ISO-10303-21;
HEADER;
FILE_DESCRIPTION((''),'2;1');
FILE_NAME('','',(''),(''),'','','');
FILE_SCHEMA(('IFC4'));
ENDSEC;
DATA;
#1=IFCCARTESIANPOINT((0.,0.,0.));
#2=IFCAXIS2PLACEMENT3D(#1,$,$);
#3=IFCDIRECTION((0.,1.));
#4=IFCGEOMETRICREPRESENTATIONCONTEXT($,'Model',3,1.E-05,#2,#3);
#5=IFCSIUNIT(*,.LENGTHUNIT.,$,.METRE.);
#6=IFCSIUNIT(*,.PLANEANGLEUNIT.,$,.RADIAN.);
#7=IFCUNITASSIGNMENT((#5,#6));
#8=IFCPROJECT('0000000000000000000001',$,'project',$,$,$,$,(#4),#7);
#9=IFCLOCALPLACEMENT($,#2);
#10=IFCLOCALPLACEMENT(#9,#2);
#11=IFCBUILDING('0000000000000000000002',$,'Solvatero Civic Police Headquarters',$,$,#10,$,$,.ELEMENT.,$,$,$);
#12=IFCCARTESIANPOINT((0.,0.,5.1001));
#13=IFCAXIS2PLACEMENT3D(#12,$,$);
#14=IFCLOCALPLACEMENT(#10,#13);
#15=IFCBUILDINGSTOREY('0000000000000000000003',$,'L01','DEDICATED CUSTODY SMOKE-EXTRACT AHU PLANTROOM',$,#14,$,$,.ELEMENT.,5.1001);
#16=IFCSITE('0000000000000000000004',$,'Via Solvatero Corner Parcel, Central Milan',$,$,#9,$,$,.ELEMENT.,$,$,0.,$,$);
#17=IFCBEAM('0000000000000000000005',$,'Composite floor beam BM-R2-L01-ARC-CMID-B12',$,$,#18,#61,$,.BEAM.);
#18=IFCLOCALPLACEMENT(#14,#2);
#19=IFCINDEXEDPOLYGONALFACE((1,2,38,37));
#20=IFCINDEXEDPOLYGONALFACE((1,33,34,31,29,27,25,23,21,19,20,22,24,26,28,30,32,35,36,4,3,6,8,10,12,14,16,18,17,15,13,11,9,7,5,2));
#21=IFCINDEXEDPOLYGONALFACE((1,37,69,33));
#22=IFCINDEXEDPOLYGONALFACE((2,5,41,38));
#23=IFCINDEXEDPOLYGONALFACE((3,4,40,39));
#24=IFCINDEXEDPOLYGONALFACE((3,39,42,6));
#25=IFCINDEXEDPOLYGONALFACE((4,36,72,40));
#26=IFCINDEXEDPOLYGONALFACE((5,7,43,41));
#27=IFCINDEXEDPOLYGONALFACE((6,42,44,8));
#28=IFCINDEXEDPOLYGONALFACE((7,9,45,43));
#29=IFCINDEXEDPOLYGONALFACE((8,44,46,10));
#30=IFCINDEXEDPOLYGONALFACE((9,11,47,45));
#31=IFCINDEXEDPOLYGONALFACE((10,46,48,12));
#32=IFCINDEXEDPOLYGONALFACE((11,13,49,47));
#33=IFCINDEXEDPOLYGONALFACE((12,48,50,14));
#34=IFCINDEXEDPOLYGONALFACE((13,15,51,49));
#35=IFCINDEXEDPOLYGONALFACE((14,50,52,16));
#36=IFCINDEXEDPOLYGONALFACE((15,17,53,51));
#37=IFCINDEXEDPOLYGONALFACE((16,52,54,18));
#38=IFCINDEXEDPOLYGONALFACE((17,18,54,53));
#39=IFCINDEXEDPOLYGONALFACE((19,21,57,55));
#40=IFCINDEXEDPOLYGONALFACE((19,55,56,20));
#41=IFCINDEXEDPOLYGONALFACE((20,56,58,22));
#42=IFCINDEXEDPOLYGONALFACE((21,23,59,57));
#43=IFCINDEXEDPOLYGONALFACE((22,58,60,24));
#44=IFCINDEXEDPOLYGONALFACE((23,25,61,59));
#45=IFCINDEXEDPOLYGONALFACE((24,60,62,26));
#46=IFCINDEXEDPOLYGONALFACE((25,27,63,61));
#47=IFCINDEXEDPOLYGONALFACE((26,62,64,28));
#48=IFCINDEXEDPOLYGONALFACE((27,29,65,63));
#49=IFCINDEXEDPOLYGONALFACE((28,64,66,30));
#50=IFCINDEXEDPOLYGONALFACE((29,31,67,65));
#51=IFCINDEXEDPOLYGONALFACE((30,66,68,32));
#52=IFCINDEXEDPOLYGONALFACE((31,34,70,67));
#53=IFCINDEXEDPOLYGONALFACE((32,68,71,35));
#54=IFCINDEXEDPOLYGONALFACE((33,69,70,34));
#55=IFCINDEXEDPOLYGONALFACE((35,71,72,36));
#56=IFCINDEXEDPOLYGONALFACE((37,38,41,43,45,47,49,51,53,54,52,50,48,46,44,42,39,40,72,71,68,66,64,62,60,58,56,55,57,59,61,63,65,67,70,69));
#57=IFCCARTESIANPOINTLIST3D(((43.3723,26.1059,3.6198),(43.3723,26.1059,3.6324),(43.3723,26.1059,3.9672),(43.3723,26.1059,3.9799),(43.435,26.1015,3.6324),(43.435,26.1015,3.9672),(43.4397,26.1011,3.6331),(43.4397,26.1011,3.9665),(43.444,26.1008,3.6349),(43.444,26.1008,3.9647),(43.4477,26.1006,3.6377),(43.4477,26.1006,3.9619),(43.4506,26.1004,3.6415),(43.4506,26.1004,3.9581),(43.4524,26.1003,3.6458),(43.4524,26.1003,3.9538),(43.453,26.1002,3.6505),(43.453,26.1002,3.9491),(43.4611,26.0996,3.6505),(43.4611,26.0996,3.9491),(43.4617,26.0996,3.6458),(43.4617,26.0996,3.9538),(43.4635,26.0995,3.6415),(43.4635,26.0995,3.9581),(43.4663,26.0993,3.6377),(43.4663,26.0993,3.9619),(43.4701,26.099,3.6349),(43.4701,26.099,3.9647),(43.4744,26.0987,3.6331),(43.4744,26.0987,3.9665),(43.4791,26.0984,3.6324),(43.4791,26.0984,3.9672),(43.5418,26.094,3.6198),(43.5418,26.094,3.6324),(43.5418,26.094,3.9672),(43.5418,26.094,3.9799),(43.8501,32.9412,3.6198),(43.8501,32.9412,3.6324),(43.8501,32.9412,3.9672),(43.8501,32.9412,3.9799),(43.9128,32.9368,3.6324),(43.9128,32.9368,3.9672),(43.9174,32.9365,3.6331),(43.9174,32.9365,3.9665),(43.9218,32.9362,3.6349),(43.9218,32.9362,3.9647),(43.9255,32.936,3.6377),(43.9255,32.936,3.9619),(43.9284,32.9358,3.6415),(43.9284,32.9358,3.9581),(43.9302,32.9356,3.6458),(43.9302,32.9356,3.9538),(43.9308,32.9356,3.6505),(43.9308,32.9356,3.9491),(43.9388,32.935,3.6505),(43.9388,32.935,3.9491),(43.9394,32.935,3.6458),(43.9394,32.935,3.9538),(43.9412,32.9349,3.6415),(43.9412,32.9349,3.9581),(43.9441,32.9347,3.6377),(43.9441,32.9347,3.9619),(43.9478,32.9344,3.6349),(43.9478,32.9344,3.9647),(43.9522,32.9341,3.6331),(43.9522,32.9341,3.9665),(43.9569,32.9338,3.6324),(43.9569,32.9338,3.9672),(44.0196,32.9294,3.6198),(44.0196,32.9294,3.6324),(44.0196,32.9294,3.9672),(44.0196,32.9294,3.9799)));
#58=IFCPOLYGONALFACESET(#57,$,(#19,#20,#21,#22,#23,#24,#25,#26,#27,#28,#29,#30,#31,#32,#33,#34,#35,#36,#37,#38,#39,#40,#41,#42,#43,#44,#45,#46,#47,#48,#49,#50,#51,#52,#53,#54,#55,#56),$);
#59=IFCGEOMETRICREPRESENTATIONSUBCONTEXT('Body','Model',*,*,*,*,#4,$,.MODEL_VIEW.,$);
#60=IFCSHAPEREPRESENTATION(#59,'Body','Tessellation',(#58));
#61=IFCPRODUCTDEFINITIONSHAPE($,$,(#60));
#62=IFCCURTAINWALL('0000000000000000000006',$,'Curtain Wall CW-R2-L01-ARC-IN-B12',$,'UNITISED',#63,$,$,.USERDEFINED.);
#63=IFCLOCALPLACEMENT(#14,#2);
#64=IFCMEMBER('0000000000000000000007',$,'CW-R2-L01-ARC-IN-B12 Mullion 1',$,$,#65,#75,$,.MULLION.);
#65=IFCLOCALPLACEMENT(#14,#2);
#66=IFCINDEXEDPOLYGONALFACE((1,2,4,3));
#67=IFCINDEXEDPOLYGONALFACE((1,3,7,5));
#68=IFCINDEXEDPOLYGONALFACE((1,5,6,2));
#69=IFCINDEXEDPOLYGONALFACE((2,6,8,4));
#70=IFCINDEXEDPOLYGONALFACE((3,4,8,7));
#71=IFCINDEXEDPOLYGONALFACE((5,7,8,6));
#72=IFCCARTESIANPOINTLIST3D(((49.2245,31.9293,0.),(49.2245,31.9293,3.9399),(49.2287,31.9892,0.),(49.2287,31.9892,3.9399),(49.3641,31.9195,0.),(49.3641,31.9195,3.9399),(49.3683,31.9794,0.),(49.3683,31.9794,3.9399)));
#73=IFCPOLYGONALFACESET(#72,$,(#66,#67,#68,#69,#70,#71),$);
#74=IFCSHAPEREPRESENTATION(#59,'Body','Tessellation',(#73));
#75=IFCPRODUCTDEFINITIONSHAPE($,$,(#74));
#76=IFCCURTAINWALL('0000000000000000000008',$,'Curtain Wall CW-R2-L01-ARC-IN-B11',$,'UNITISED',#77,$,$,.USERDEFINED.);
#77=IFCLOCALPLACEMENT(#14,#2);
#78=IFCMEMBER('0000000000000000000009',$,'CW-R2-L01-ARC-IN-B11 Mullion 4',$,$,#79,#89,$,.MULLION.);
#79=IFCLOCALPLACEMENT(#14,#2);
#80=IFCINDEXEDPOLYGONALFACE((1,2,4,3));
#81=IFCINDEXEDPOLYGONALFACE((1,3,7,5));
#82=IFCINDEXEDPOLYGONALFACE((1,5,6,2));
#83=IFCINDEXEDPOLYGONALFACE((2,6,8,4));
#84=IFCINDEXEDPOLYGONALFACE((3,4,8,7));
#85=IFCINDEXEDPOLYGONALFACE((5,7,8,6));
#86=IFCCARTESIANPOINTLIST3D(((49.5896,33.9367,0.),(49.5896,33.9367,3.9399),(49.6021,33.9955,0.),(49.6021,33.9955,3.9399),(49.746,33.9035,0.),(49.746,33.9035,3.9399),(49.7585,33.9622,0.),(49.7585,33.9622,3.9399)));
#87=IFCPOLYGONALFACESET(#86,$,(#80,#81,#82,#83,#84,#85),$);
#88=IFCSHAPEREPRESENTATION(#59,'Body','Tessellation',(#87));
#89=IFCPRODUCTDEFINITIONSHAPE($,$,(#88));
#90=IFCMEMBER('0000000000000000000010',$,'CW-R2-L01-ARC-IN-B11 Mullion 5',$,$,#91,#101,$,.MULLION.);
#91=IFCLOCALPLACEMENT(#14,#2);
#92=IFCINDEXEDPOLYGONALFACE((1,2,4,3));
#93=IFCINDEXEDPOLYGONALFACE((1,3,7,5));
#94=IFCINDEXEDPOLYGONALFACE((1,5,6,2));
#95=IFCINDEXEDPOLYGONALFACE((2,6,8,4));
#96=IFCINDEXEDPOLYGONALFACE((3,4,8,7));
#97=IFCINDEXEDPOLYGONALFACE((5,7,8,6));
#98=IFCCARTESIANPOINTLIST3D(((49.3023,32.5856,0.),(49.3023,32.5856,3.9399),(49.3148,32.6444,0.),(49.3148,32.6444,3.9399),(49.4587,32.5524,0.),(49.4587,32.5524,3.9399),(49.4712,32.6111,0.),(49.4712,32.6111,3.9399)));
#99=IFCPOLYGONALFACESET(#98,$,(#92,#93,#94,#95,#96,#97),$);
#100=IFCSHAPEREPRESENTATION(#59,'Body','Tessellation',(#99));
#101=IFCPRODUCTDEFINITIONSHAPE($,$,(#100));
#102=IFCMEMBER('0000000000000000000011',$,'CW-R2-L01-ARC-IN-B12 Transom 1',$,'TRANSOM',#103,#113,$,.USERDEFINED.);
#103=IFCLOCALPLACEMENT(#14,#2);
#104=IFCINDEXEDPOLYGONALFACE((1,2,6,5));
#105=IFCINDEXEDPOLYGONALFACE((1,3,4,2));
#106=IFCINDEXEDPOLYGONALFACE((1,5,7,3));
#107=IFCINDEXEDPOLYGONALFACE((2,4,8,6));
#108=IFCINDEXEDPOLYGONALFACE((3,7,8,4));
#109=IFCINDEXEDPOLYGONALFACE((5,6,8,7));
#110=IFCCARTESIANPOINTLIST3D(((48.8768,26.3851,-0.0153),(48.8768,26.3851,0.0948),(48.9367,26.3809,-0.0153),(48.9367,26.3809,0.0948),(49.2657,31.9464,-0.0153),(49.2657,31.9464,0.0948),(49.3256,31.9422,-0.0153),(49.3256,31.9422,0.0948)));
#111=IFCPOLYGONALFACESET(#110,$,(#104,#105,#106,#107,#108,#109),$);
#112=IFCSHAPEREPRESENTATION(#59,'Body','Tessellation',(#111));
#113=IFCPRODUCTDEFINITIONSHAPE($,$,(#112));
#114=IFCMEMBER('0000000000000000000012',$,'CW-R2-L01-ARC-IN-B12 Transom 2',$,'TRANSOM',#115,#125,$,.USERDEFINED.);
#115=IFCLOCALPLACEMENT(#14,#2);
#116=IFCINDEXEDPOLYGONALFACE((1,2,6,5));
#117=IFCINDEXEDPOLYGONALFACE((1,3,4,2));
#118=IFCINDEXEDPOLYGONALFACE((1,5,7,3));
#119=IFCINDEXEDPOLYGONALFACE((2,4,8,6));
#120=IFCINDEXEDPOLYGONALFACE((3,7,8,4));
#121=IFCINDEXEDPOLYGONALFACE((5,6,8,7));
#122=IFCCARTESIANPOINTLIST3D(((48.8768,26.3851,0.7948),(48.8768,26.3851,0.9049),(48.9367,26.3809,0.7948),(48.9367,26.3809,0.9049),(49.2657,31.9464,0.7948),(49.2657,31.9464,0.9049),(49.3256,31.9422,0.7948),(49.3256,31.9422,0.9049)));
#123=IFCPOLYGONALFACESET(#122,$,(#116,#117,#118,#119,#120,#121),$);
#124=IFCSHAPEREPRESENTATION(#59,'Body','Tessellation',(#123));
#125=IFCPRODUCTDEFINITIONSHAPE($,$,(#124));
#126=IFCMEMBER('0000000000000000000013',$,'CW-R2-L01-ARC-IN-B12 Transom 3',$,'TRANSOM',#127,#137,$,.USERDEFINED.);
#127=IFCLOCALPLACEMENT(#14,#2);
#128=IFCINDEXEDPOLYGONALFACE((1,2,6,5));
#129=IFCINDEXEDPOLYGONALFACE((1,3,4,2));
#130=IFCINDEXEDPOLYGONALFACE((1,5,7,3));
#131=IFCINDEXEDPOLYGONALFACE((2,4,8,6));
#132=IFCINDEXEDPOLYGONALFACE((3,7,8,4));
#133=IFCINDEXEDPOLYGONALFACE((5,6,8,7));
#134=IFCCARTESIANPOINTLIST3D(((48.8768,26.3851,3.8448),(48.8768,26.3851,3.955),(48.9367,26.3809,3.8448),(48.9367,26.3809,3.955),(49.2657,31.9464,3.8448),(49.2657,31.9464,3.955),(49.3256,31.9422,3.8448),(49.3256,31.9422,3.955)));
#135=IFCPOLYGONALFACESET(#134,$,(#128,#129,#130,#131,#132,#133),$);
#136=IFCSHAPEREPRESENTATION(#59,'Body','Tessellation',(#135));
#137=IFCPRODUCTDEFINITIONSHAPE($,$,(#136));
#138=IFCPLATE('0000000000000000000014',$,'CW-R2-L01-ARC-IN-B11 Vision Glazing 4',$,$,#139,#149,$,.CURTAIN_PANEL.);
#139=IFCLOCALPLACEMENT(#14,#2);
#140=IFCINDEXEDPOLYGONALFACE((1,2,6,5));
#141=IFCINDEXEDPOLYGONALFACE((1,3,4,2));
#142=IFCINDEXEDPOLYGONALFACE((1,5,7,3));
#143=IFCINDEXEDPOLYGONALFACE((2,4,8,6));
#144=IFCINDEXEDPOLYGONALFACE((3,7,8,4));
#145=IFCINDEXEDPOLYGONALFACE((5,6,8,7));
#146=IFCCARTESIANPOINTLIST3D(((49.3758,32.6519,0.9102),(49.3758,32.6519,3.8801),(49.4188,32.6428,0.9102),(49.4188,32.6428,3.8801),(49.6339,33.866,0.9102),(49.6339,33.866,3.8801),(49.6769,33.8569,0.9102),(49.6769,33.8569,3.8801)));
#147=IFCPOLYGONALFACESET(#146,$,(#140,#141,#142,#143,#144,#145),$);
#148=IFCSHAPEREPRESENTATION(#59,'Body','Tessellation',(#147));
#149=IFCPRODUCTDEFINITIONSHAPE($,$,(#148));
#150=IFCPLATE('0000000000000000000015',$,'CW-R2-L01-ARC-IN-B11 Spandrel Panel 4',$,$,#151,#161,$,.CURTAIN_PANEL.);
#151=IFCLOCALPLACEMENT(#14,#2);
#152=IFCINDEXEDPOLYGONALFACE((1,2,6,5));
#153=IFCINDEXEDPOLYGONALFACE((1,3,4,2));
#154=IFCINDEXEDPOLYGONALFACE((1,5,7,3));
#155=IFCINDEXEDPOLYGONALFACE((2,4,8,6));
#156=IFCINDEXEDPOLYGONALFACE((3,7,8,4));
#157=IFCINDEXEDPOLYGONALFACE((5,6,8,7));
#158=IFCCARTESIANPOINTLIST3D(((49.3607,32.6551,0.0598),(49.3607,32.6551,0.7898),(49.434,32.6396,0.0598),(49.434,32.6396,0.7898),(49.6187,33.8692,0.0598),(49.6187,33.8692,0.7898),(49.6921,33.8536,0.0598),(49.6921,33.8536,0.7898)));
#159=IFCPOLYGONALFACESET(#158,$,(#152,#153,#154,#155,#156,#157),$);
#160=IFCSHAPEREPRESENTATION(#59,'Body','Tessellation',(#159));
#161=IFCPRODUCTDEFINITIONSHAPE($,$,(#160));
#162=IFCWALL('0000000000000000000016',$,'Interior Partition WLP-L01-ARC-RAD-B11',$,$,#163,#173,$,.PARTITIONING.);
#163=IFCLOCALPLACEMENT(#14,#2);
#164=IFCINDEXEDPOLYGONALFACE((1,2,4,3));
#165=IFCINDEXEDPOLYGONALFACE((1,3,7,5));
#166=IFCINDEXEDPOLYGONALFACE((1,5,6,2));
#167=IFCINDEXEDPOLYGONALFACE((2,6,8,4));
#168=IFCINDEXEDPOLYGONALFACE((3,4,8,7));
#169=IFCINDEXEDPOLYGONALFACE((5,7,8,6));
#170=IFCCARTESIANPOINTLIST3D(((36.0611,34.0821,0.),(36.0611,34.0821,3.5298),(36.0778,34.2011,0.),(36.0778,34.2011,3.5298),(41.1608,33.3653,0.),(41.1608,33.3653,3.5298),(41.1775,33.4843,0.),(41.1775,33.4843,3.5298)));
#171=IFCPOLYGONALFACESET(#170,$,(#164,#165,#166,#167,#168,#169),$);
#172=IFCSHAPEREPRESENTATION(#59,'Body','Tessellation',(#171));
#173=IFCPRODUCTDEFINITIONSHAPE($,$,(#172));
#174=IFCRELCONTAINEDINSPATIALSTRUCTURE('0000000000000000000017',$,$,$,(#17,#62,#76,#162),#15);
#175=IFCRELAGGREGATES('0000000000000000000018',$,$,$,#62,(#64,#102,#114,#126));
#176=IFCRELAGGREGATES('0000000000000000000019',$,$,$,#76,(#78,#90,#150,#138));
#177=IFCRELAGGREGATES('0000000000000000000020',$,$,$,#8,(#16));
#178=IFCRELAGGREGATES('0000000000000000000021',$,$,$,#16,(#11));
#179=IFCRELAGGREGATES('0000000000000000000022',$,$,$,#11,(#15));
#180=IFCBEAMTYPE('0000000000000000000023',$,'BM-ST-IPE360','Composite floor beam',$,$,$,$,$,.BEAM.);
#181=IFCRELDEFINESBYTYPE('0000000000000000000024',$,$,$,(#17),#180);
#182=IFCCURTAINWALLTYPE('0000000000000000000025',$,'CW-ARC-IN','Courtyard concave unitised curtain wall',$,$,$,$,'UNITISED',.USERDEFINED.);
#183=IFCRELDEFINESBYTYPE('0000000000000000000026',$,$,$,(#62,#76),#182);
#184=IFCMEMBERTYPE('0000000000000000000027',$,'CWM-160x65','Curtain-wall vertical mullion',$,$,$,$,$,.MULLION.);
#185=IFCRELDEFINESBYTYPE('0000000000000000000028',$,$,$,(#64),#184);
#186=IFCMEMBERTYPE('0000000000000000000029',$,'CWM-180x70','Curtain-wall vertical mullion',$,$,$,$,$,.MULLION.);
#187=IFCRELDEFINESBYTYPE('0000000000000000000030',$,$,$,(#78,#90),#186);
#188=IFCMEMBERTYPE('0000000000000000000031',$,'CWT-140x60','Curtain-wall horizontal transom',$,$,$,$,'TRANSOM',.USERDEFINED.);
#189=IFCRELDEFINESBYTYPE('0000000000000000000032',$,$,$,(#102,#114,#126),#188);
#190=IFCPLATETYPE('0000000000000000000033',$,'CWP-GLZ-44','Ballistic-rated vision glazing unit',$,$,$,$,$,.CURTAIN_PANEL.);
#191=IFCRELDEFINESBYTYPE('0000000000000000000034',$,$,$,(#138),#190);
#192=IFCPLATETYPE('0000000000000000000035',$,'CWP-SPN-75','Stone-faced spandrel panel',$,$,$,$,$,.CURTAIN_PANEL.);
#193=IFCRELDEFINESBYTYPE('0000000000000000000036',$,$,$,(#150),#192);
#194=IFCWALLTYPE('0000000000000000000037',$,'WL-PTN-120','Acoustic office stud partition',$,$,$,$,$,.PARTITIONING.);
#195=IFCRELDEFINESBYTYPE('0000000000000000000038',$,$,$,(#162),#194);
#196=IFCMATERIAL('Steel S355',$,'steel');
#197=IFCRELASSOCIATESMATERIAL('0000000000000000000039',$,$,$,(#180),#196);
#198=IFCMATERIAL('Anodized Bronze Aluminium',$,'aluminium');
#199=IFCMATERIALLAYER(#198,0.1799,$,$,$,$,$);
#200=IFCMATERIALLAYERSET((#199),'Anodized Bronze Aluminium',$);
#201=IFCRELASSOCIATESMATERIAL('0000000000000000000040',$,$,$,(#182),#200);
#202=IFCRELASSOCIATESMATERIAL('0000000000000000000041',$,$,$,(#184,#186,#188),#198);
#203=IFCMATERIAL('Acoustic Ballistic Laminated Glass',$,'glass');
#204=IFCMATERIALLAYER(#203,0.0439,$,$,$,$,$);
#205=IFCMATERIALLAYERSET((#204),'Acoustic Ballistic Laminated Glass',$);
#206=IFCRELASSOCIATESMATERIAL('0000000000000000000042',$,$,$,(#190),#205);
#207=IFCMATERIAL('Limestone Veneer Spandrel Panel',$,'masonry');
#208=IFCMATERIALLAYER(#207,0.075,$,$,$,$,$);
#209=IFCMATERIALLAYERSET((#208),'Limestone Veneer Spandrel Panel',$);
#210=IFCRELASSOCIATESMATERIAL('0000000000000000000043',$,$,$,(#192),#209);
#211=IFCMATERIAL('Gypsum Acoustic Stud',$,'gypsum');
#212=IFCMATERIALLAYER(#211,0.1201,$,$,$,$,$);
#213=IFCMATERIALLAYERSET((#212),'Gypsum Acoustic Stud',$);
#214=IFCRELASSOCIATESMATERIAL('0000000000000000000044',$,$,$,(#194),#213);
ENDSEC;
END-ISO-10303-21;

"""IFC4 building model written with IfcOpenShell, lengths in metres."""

from ifc_helpers import new_model, si_unit, direction, frame, frame_2d, origin, origin_2d, place, context, subcontext, project, spatial, rectangle, i_section, extrude, material, layer, layer_set, material_profile, profile_set, type_object, element, aggregate, save


model = new_model("IFC4")

# Units and contexts
model_context = context("Model", 3, precision=1e-05, world=origin(), true_north=direction((0.0, 1.0)))
body_context = subcontext(model_context, "Body", "Model", "MODEL_VIEW")
ifc_project = project(units=[si_unit("LENGTHUNIT", "METRE"), si_unit("PLANEANGLEUNIT", "RADIAN")], contexts=[model_context])

# Site, building, storey
site_placement = place(None, origin())
site = spatial("IfcSite", under=ifc_project, at=site_placement, Name="Via Solvatero Corner Parcel, Central Milan", CompositionType="ELEMENT", RefElevation=0.0)
building_placement = place(site_placement, origin())
building = spatial("IfcBuilding", under=site, at=building_placement, Name="Solvatero Civic Police Headquarters", CompositionType="ELEMENT")
storey_placement = place(building_placement, frame((0.0, 0.0, 5.1001)))
storey = spatial("IfcBuildingStorey", under=building, at=storey_placement, Name="L01", Description="DEDICATED CUSTODY SMOKE-EXTRACT AHU PLANTROOM", CompositionType="ELEMENT", Elevation=5.1001)

# Shared definitions
ifc_material_1 = material(Name="Steel S355", Category="steel")

# Beam
ifc_material_profile_1 = material_profile(ifc_material_1, i_section(OverallWidth=0.1699, OverallDepth=0.3601, WebThickness=0.0081, FlangeThickness=0.0127, FilletRadius=0.0181, at=origin_2d()), Name="IPE 360")
ifc_profile_set_1 = profile_set([ifc_material_profile_1], Name="Steel S355")
beam_type_1 = type_object("IfcBeamType", Name="BM-ST-IPE360", Description="Composite floor beam", PredefinedType="BEAM", material=ifc_profile_set_1)
beam_1_placement = place(storey_placement, frame((43.9348, 32.9353, 3.7998), z_axis=(-0.069728, -0.997566, 0.0), x_axis=(0.997566, -0.069728, 0.0)))
element("IfcBeam", 1, at=beam_1_placement, inside=storey, type_object=beam_type_1, Name="Composite floor beam BM-R2-L01-ARC-CMID-B12", PredefinedType="BEAM", context=body_context, shape_type="SweptSolid", body=[
    extrude(i_section(OverallWidth=0.1699, OverallDepth=0.3601, WebThickness=0.0081, FlangeThickness=0.0127, FilletRadius=0.0181, at=origin_2d()), origin(), (0.0, 0.0, 1.0), 6.8521),
])

# Curtain wall, member
ifc_material_2 = material(Name="Anodized Bronze Aluminium", Category="aluminium")
ifc_layer_1 = layer(ifc_material_2, 0.1799)
ifc_layer_set_1 = layer_set([ifc_layer_1], Name="Anodized Bronze Aluminium")
curtain_wall_type = type_object("IfcCurtainWallType", Name="CW-ARC-IN", Description="Courtyard concave unitised curtain wall", ElementType="UNITISED", PredefinedType="USERDEFINED", material=ifc_layer_set_1)
curtain_wall_1_placement = place(storey_placement, origin())
curtain_wall_1 = element("IfcCurtainWall", 2, at=curtain_wall_1_placement, inside=storey, type_object=curtain_wall_type, Name="Curtain Wall CW-R2-L01-ARC-IN-B12", ObjectType="UNITISED", PredefinedType="USERDEFINED")
ifc_material_profile_2 = material_profile(ifc_material_2, rectangle(XDim=0.0601, YDim=0.1399, at=origin_2d()), Name="ALU MULLION 60x140")
ifc_profile_set_2 = profile_set([ifc_material_profile_2], Name="Anodized Bronze Aluminium")
member_type_1 = type_object("IfcMemberType", Name="CWM-160x65", Description="Curtain-wall vertical mullion", PredefinedType="MULLION", material=ifc_profile_set_2)
member_1_placement = place(storey_placement, frame((49.2964, 31.9543, 0.0), z_axis=(0.0, 0.0, 1.0), x_axis=(-0.069739, -0.997565, 0.0)))
member_1 = element("IfcMember", 3, at=member_1_placement, type_object=member_type_1, Name="CW-R2-L01-ARC-IN-B12 Mullion 1", PredefinedType="MULLION", context=body_context, shape_type="SweptSolid", body=[
    extrude(rectangle(XDim=0.0601, YDim=0.1399, at=origin_2d()), origin(), (0.0, 0.0, 1.0), 3.9399),
])

# Curtain wall, members
curtain_wall_2_placement = place(storey_placement, origin())
curtain_wall_2 = element("IfcCurtainWall", 4, at=curtain_wall_2_placement, inside=storey, type_object=curtain_wall_type, Name="Curtain Wall CW-R2-L01-ARC-IN-B11", ObjectType="UNITISED", PredefinedType="USERDEFINED")
ifc_material_profile_3 = material_profile(ifc_material_2, rectangle(XDim=0.0601, YDim=0.1599, at=origin_2d()), Name="ALU MULLION 60x160")
ifc_profile_set_3 = profile_set([ifc_material_profile_3], Name="Anodized Bronze Aluminium")
member_type_2 = type_object("IfcMemberType", Name="CWM-180x70", Description="Curtain-wall vertical mullion", PredefinedType="MULLION", material=ifc_profile_set_3)
member_2_placement = place(storey_placement, frame((49.6741, 33.9495, 0.0), z_axis=(0.0, 0.0, 1.0), x_axis=(-0.207912, -0.978148, 0.0)))
member_2 = element("IfcMember", 5, at=member_2_placement, type_object=member_type_2, Name="CW-R2-L01-ARC-IN-B11 Mullion 4", PredefinedType="MULLION", context=body_context, shape_type="SweptSolid", body=[
    extrude(rectangle(XDim=0.0601, YDim=0.1599, at=origin_2d()), origin(), (0.0, 0.0, 1.0), 3.9399),
])
member_3_placement = place(storey_placement, frame((49.3867, 32.5984, 0.0), z_axis=(0.0, 0.0, 1.0), x_axis=(-0.207912, -0.978148, 0.0)))
member_3 = element("IfcMember", 6, at=member_3_placement, type_object=member_type_2, Name="CW-R2-L01-ARC-IN-B11 Mullion 5", PredefinedType="MULLION", context=body_context, shape_type="SweptSolid", body=[
    extrude(rectangle(XDim=0.0601, YDim=0.1599, at=origin_2d()), origin(), (0.0, 0.0, 1.0), 3.9399),
])

# Members
ifc_material_profile_4 = material_profile(ifc_material_2, rectangle(XDim=0.0601, YDim=0.1101, at=origin_2d()), Name="ALU TRANSOM 60x110")
ifc_profile_set_4 = profile_set([ifc_material_profile_4], Name="Anodized Bronze Aluminium")
member_type_3 = type_object("IfcMemberType", Name="CWT-140x60", Description="Curtain-wall horizontal transom", ElementType="TRANSOM", PredefinedType="USERDEFINED", material=ifc_profile_set_4)
member_4_placement = place(storey_placement, frame((49.2957, 31.9443, 0.0398), z_axis=(-0.069762, -0.997564, 0.0), x_axis=(0.997564, -0.069762, 0.0)))
member_4 = element("IfcMember", 7, at=member_4_placement, type_object=member_type_3, Name="CW-R2-L01-ARC-IN-B12 Transom 1", ObjectType="TRANSOM", PredefinedType="USERDEFINED", context=body_context, shape_type="SweptSolid", body=[
    extrude(rectangle(XDim=0.0601, YDim=0.1101, at=origin_2d()), origin(), (0.0, 0.0, 1.0), 5.575),
])
member_5_placement = place(storey_placement, frame((49.2957, 31.9443, 0.8499), z_axis=(-0.069762, -0.997564, 0.0), x_axis=(0.997564, -0.069762, 0.0)))
member_5 = element("IfcMember", 8, at=member_5_placement, type_object=member_type_3, Name="CW-R2-L01-ARC-IN-B12 Transom 2", ObjectType="TRANSOM", PredefinedType="USERDEFINED", context=body_context, shape_type="SweptSolid", body=[
    extrude(rectangle(XDim=0.0601, YDim=0.1101, at=origin_2d()), origin(), (0.0, 0.0, 1.0), 5.575),
])
member_6_placement = place(storey_placement, frame((49.2957, 31.9443, 3.8999), z_axis=(-0.069762, -0.997564, 0.0), x_axis=(0.997564, -0.069762, 0.0)))
member_6 = element("IfcMember", 9, at=member_6_placement, type_object=member_type_3, Name="CW-R2-L01-ARC-IN-B12 Transom 3", ObjectType="TRANSOM", PredefinedType="USERDEFINED", context=body_context, shape_type="SweptSolid", body=[
    extrude(rectangle(XDim=0.0601, YDim=0.1101, at=origin_2d()), origin(), (0.0, 0.0, 1.0), 5.575),
])
aggregate(curtain_wall_1, [member_1, member_4, member_5, member_6])

# Plates
ifc_material_3 = material(Name="Acoustic Ballistic Laminated Glass", Category="glass")
ifc_layer_2 = layer(ifc_material_3, 0.0439)
ifc_layer_set_2 = layer_set([ifc_layer_2], Name="Acoustic Ballistic Laminated Glass")
plate_type_1 = type_object("IfcPlateType", Name="CWP-GLZ-44", Description="Ballistic-rated vision glazing unit", PredefinedType="CURTAIN_PANEL", material=ifc_layer_set_2)
plate_1_placement = place(storey_placement, frame((49.5264, 33.2544, 0.9102), z_axis=(0.0, 0.0, 1.0), x_axis=(-0.207912, -0.978148, 0.0)))
plate_1 = element("IfcPlate", 10, at=plate_1_placement, type_object=plate_type_1, Name="CW-R2-L01-ARC-IN-B11 Vision Glazing 4", PredefinedType="CURTAIN_PANEL", context=body_context, shape_type="SweptSolid", body=[
    extrude(rectangle(XDim=1.2412, YDim=0.0439, at=origin_2d()), origin(), (0.0, 0.0, 1.0), 2.97),
])
ifc_material_4 = material(Name="Limestone Veneer Spandrel Panel", Category="masonry")
ifc_layer_3 = layer(ifc_material_4, 0.075)
ifc_layer_set_3 = layer_set([ifc_layer_3], Name="Limestone Veneer Spandrel Panel")
plate_type_2 = type_object("IfcPlateType", Name="CWP-SPN-75", Description="Stone-faced spandrel panel", PredefinedType="CURTAIN_PANEL", material=ifc_layer_set_3)
plate_2_placement = place(storey_placement, frame((49.5264, 33.2544, 0.0598), z_axis=(0.0, 0.0, 1.0), x_axis=(-0.207912, -0.978148, 0.0)))
plate_2 = element("IfcPlate", 11, at=plate_2_placement, type_object=plate_type_2, Name="CW-R2-L01-ARC-IN-B11 Spandrel Panel 4", PredefinedType="CURTAIN_PANEL", context=body_context, shape_type="SweptSolid", body=[
    extrude(rectangle(XDim=1.2412, YDim=0.075, at=origin_2d()), origin(), (0.0, 0.0, 1.0), 0.73),
])
aggregate(curtain_wall_2, [member_2, member_3, plate_2, plate_1])

# Wall
ifc_material_5 = material(Name="Gypsum Acoustic Stud", Category="gypsum")
ifc_layer_4 = layer(ifc_material_5, 0.1201)
ifc_layer_set_4 = layer_set([ifc_layer_4], Name="Gypsum Acoustic Stud")
wall_type_1 = type_object("IfcWallType", Name="WL-PTN-120", Description="Acoustic office stud partition", PredefinedType="PARTITIONING", material=ifc_layer_set_4)
wall_1_placement = place(storey_placement, frame((41.1692, 33.4248, 0.0), z_axis=(0.0, 0.0, 1.0), x_axis=(-0.990266, 0.139184, 0.0)))
element("IfcWall", 12, at=wall_1_placement, inside=storey, type_object=wall_type_1, Name="Interior Partition WLP-L01-ARC-RAD-B11", PredefinedType="PARTITIONING", context=body_context, shape_type="SweptSolid", body=[
    extrude(rectangle(XDim=5.1499, YDim=0.1201, at=frame_2d((2.575, 0.0))), origin(), (0.0, 0.0, 1.0), 3.5298),
])

save(model, "model.ifc")
